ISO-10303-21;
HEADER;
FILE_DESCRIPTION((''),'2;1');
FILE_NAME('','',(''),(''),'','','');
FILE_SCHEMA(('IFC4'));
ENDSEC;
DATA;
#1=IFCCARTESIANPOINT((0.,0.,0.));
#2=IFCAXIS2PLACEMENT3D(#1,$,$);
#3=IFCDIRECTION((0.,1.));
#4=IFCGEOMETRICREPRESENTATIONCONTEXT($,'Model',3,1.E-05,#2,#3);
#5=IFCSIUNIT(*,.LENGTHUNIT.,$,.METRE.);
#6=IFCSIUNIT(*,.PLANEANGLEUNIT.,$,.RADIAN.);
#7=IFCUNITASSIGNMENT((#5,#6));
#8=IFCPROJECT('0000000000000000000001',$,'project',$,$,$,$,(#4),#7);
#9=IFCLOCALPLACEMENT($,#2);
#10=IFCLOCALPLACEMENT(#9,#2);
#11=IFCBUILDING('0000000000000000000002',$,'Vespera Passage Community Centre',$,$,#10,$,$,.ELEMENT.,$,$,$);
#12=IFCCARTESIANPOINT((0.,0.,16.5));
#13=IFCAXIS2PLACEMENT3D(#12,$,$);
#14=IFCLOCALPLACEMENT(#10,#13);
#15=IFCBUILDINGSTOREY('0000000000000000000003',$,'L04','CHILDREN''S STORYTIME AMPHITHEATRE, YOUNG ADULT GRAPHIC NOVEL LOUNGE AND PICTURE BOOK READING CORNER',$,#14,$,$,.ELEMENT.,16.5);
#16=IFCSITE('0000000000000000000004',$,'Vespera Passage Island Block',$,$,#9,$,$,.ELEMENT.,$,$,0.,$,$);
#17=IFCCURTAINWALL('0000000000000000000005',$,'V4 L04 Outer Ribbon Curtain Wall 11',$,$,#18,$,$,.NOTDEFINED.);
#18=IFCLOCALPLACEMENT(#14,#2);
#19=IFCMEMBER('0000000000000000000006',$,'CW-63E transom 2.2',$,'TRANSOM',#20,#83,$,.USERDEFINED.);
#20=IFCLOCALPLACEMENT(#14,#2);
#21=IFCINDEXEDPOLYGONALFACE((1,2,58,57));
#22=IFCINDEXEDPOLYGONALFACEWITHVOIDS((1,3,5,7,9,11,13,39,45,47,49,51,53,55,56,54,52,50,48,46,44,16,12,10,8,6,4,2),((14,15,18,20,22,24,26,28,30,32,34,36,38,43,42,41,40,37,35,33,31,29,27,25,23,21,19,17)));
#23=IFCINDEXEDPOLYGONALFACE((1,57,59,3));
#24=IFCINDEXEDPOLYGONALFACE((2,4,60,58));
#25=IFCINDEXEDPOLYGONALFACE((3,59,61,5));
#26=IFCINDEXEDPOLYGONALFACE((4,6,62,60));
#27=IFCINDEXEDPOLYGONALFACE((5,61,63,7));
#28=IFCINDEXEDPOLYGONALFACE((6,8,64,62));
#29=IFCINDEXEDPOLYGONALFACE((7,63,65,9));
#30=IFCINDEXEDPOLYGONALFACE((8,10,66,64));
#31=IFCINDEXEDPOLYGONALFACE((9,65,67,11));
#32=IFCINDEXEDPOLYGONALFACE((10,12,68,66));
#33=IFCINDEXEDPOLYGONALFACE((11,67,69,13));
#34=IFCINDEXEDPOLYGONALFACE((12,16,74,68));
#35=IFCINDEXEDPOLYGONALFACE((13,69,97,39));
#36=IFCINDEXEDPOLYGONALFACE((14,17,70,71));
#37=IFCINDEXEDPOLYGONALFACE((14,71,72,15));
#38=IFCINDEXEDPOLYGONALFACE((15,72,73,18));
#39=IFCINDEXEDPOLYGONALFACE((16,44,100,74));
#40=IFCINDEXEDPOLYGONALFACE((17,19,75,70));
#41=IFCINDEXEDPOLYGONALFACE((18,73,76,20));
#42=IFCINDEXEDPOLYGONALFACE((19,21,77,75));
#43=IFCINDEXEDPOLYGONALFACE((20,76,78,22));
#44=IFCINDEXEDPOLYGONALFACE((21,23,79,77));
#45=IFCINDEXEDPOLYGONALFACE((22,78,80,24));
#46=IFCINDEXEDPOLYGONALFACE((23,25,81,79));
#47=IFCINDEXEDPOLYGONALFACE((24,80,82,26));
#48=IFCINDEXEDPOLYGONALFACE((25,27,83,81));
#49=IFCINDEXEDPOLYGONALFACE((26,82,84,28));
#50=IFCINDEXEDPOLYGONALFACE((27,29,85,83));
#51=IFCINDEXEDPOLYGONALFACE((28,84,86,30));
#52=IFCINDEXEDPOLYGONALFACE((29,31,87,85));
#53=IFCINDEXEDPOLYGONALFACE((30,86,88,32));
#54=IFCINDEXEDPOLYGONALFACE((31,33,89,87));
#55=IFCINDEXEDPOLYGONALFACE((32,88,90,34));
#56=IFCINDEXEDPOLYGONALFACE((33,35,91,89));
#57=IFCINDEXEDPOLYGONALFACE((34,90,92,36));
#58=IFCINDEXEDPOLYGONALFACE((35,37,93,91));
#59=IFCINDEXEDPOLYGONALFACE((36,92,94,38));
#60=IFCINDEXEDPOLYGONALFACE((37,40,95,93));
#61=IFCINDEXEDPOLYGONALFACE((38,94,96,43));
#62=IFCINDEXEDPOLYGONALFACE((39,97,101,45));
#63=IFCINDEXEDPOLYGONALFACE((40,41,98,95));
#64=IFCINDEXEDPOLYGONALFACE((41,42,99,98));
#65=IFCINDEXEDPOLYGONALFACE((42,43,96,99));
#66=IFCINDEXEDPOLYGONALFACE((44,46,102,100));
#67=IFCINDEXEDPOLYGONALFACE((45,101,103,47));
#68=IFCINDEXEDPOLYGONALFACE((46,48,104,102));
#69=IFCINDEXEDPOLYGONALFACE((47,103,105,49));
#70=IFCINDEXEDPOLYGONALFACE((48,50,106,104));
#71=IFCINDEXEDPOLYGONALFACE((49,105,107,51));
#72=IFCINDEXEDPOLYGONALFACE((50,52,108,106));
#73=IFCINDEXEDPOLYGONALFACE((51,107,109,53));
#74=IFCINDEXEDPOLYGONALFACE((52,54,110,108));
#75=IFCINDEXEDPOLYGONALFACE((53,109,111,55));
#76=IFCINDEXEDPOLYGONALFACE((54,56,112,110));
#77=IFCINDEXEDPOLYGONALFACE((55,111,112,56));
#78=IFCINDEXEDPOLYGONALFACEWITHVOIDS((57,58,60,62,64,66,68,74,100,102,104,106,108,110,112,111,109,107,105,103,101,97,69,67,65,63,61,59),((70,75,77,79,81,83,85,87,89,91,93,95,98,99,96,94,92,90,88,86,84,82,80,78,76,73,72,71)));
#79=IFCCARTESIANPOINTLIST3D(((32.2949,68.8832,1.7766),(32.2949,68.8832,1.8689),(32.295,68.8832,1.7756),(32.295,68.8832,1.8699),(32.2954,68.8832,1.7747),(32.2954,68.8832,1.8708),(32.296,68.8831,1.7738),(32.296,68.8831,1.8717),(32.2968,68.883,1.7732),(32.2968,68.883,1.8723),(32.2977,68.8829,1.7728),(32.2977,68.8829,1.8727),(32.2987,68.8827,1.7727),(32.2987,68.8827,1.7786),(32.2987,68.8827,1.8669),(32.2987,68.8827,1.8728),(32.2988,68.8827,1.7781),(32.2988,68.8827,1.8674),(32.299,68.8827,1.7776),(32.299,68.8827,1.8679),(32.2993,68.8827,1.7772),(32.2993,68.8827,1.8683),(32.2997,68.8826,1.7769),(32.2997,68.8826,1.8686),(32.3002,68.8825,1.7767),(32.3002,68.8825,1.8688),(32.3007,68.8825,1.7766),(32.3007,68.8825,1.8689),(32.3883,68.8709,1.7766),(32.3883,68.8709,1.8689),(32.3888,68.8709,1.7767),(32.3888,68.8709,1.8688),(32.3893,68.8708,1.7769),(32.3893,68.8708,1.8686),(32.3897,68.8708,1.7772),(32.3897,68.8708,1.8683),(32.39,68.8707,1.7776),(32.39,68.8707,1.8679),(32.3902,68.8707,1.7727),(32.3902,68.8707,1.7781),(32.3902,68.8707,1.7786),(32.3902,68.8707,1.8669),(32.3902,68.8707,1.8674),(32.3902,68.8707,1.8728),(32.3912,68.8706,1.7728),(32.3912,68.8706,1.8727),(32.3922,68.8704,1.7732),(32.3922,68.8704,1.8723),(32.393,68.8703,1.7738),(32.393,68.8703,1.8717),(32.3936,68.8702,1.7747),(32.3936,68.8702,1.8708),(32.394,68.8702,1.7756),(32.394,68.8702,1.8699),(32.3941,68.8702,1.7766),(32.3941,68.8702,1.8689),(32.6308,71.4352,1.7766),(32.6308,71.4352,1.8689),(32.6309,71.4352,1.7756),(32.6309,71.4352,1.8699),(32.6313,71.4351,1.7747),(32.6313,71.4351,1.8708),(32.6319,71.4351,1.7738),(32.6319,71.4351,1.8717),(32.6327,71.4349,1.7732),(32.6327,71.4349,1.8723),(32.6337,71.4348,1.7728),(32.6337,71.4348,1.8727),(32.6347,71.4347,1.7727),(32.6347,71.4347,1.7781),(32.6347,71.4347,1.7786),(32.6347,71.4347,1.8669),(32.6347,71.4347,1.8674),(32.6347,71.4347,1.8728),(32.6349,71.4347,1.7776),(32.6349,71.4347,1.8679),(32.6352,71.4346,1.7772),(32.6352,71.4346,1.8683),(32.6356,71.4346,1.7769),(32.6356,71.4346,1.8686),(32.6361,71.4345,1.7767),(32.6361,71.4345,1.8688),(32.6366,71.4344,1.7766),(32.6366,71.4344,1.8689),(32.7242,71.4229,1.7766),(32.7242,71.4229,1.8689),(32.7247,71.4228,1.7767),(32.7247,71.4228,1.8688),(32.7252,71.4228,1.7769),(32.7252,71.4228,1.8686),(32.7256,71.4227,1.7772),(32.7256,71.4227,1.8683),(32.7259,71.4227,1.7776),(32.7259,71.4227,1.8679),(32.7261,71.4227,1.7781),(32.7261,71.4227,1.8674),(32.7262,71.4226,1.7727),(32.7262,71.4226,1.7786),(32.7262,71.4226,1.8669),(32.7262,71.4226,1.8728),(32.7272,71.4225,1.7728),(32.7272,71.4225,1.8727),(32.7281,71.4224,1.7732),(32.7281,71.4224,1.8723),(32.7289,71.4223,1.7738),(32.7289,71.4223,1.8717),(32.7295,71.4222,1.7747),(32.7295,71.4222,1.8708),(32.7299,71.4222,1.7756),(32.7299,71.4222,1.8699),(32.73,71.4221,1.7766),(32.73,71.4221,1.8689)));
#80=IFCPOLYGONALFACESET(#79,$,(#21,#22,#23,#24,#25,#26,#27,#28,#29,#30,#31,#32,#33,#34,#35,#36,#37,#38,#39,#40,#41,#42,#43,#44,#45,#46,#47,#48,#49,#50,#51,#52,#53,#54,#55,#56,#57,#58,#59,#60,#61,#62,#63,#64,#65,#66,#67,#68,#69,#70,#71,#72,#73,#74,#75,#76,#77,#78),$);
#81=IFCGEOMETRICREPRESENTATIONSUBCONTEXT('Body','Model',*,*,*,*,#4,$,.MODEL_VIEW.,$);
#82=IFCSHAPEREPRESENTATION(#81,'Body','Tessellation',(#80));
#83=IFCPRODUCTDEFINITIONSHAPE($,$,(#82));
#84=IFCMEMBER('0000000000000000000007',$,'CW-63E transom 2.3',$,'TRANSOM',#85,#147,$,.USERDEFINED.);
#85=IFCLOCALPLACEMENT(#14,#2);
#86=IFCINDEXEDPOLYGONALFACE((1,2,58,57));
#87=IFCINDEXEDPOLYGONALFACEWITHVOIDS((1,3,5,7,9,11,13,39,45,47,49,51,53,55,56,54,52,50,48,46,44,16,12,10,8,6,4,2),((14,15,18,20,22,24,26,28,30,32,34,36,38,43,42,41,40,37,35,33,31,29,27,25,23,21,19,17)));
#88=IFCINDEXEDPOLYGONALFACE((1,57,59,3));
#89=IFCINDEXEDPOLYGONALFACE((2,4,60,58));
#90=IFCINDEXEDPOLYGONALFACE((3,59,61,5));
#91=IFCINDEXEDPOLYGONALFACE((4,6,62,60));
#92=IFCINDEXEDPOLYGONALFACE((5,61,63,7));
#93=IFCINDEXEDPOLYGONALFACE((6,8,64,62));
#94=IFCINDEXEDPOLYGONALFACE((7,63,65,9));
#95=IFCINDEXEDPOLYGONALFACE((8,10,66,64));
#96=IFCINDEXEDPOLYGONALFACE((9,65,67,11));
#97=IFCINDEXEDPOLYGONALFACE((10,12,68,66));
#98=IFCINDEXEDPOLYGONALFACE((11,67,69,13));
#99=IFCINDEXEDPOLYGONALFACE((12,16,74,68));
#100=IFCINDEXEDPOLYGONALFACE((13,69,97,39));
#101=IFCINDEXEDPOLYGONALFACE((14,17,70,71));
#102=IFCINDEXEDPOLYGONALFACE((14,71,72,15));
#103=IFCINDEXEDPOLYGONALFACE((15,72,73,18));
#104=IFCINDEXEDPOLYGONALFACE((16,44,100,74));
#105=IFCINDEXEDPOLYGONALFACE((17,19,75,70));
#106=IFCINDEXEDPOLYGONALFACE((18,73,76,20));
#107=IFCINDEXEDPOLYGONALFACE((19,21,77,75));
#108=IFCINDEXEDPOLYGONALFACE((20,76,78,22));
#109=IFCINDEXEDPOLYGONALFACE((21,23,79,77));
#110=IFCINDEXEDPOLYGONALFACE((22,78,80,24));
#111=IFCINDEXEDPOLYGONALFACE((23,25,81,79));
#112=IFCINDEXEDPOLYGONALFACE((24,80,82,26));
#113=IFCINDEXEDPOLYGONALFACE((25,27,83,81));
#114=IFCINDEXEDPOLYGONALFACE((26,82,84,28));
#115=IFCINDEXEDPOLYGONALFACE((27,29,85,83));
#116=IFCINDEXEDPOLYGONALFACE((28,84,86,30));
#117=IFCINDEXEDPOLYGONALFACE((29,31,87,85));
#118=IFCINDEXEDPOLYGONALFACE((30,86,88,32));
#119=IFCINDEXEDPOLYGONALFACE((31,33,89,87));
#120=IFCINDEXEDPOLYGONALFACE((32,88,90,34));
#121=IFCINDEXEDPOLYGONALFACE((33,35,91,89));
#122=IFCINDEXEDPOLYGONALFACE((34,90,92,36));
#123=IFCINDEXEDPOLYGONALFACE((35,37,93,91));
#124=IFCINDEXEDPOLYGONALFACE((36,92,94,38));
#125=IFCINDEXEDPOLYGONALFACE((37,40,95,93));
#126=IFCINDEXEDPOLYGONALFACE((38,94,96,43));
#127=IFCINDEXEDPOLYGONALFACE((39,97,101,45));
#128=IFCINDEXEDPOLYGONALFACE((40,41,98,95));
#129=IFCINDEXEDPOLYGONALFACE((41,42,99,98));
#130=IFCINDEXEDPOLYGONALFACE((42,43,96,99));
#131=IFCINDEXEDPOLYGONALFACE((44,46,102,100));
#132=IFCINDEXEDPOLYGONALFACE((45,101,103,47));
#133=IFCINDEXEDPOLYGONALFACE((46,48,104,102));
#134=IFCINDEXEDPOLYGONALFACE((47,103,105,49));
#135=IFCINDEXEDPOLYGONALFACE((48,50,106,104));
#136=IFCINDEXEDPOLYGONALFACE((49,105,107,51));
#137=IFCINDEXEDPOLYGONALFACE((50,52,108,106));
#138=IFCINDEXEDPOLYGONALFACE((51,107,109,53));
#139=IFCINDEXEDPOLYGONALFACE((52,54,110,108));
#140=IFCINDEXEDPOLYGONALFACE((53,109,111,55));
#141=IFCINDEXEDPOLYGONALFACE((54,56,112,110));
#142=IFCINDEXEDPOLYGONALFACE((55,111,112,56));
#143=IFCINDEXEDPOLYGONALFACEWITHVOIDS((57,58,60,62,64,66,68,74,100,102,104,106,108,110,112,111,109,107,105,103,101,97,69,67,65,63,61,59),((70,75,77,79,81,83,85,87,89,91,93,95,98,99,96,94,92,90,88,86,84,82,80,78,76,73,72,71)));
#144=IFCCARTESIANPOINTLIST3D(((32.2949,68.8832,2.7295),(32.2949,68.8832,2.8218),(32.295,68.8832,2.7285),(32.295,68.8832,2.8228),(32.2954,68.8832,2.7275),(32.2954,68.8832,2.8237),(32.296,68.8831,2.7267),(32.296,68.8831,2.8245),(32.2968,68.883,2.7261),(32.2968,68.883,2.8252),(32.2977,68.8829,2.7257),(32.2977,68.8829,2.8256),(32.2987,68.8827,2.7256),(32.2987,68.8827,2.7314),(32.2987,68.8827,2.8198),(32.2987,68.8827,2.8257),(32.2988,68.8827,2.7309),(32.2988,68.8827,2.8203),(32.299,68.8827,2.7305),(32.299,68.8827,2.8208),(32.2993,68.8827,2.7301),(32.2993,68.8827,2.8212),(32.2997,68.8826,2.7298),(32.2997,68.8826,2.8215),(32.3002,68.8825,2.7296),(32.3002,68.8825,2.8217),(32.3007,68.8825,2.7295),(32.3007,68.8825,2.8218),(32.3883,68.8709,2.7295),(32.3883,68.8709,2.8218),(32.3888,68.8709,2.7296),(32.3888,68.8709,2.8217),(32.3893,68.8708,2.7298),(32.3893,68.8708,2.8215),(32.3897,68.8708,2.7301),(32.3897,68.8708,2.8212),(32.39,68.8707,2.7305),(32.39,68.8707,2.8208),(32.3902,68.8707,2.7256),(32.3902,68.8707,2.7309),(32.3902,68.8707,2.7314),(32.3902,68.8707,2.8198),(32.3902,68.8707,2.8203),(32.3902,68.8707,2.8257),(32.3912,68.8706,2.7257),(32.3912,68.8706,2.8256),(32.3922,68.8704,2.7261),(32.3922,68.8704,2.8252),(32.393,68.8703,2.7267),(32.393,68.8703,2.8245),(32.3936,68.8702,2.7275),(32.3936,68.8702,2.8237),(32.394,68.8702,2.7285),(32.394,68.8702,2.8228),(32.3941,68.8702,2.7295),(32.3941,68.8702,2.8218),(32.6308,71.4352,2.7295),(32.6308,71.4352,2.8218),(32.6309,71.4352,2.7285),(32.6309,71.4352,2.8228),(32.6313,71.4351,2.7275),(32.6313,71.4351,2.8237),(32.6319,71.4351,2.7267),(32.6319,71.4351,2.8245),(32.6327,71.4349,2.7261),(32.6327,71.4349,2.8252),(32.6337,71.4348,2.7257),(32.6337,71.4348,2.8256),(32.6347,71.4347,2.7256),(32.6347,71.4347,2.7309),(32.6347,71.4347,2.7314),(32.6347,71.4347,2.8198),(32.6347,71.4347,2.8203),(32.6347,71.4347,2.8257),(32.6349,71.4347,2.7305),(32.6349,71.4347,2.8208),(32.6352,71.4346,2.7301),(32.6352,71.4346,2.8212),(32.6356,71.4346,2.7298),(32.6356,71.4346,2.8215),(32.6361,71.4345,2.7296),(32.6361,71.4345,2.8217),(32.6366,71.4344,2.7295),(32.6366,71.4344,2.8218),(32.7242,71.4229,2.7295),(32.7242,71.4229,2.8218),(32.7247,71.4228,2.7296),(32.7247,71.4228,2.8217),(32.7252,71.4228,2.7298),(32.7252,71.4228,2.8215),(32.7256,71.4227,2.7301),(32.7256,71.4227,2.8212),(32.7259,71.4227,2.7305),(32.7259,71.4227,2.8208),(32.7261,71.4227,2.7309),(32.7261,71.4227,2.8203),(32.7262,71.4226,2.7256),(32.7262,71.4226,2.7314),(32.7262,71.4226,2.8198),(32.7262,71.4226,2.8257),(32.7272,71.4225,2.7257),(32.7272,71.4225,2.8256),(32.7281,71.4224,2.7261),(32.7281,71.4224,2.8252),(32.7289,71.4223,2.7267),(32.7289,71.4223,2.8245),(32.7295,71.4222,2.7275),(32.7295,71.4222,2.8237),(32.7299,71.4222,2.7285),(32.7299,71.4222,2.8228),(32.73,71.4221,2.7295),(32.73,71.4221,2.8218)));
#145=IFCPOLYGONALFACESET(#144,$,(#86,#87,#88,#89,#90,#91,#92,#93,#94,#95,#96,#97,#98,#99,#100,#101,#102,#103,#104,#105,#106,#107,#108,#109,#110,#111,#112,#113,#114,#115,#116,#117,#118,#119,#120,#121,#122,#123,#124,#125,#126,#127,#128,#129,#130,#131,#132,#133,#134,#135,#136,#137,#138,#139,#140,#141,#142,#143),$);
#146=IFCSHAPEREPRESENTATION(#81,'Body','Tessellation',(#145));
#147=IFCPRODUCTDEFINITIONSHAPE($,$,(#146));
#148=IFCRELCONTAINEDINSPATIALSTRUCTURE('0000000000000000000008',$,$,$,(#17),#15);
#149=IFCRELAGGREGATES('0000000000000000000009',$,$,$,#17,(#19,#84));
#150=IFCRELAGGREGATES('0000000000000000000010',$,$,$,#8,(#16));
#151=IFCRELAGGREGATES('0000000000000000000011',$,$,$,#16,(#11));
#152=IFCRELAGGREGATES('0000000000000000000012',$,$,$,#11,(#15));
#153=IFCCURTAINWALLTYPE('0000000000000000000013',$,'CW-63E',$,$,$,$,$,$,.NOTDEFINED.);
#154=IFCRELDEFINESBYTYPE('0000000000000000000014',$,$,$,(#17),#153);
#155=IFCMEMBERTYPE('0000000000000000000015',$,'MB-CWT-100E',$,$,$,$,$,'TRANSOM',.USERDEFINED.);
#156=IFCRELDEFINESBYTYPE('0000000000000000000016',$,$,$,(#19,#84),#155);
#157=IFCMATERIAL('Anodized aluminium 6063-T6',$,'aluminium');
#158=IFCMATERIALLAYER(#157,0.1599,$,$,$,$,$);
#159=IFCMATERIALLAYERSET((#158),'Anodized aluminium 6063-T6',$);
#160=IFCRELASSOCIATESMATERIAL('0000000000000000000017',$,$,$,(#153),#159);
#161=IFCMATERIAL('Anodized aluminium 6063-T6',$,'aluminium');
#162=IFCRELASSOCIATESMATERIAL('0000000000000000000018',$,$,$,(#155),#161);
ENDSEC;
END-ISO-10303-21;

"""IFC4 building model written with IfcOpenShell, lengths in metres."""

from ifc_helpers import new_model, si_unit, direction, frame, origin, origin_2d, place, context, subcontext, project, spatial, hollow_rectangle, extrude, material, layer, layer_set, material_profile, profile_set, type_object, element, aggregate, save


model = new_model("IFC4")

# Units and contexts
model_context = context("Model", 3, precision=1e-05, world=origin(), true_north=direction((0.0, 1.0)))
body_context = subcontext(model_context, "Body", "Model", "MODEL_VIEW")
ifc_project = project(units=[si_unit("LENGTHUNIT", "METRE"), si_unit("PLANEANGLEUNIT", "RADIAN")], contexts=[model_context])

# Site, building, storey
site_placement = place(None, origin())
site = spatial("IfcSite", under=ifc_project, at=site_placement, Name="Vespera Passage Island Block", CompositionType="ELEMENT", RefElevation=0.0)
building_placement = place(site_placement, origin())
building = spatial("IfcBuilding", under=site, at=building_placement, Name="Vespera Passage Community Centre", CompositionType="ELEMENT")
storey_placement = place(building_placement, frame((0.0, 0.0, 16.5)))
storey = spatial("IfcBuildingStorey", under=building, at=storey_placement, Name="L04", Description="CHILDREN'S STORYTIME AMPHITHEATRE, YOUNG ADULT GRAPHIC NOVEL LOUNGE AND PICTURE BOOK READING CORNER", CompositionType="ELEMENT", Elevation=16.5)

# Curtain wall, members
ifc_material_1 = material(Name="Anodized aluminium 6063-T6", Category="aluminium")
ifc_layer_1 = layer(ifc_material_1, 0.1599)
ifc_layer_set_1 = layer_set([ifc_layer_1], Name="Anodized aluminium 6063-T6")
curtain_wall_type = type_object("IfcCurtainWallType", Name="CW-63E", PredefinedType="NOTDEFINED", material=ifc_layer_set_1)
curtain_wall_placement = place(storey_placement, origin())
curtain_wall = element("IfcCurtainWall", 1, at=curtain_wall_placement, inside=storey, type_object=curtain_wall_type, Name="V4 L04 Outer Ribbon Curtain Wall 11", PredefinedType="NOTDEFINED")
ifc_material_2 = material(Name="Anodized aluminium 6063-T6", Category="aluminium")
ifc_material_profile_1 = material_profile(ifc_material_2, hollow_rectangle(XDim=0.1001, YDim=0.1001, WallThickness=0.0039, InnerFilletRadius=0.002, OuterFilletRadius=0.0039, at=origin_2d()), Name="ALU100X100X4")
ifc_profile_set_1 = profile_set([ifc_material_profile_1], Name="Anodized aluminium 6063-T6")
member_type_1 = type_object("IfcMemberType", Name="MB-CWT-100E", ElementType="TRANSOM", PredefinedType="USERDEFINED", material=ifc_profile_set_1)
member_1_placement = place(storey_placement, frame((32.3445, 68.8767, 1.8228), z_axis=(0.130511, 0.991447, 0.0), x_axis=(-0.991447, 0.130511, 0.0)))
member_1 = element("IfcMember", 2, at=member_1_placement, type_object=member_type_1, Name="CW-63E transom 2.2", ObjectType="TRANSOM", PredefinedType="USERDEFINED", context=body_context, shape_type="SweptSolid", body=[
    extrude(hollow_rectangle(XDim=0.1001, YDim=0.1001, WallThickness=0.0039, InnerFilletRadius=0.002, OuterFilletRadius=0.0039, at=origin_2d()), origin(), (0.0, 0.0, 1.0), 2.574),
])
member_2_placement = place(storey_placement, frame((32.3445, 68.8767, 2.7756), z_axis=(0.130511, 0.991447, 0.0), x_axis=(-0.991447, 0.130511, 0.0)))
member_2 = element("IfcMember", 3, at=member_2_placement, type_object=member_type_1, Name="CW-63E transom 2.3", ObjectType="TRANSOM", PredefinedType="USERDEFINED", context=body_context, shape_type="SweptSolid", body=[
    extrude(hollow_rectangle(XDim=0.1001, YDim=0.1001, WallThickness=0.0039, InnerFilletRadius=0.002, OuterFilletRadius=0.0039, at=origin_2d()), origin(), (0.0, 0.0, 1.0), 2.574),
])
aggregate(curtain_wall, [member_1, member_2])

save(model, "model.ifc")
